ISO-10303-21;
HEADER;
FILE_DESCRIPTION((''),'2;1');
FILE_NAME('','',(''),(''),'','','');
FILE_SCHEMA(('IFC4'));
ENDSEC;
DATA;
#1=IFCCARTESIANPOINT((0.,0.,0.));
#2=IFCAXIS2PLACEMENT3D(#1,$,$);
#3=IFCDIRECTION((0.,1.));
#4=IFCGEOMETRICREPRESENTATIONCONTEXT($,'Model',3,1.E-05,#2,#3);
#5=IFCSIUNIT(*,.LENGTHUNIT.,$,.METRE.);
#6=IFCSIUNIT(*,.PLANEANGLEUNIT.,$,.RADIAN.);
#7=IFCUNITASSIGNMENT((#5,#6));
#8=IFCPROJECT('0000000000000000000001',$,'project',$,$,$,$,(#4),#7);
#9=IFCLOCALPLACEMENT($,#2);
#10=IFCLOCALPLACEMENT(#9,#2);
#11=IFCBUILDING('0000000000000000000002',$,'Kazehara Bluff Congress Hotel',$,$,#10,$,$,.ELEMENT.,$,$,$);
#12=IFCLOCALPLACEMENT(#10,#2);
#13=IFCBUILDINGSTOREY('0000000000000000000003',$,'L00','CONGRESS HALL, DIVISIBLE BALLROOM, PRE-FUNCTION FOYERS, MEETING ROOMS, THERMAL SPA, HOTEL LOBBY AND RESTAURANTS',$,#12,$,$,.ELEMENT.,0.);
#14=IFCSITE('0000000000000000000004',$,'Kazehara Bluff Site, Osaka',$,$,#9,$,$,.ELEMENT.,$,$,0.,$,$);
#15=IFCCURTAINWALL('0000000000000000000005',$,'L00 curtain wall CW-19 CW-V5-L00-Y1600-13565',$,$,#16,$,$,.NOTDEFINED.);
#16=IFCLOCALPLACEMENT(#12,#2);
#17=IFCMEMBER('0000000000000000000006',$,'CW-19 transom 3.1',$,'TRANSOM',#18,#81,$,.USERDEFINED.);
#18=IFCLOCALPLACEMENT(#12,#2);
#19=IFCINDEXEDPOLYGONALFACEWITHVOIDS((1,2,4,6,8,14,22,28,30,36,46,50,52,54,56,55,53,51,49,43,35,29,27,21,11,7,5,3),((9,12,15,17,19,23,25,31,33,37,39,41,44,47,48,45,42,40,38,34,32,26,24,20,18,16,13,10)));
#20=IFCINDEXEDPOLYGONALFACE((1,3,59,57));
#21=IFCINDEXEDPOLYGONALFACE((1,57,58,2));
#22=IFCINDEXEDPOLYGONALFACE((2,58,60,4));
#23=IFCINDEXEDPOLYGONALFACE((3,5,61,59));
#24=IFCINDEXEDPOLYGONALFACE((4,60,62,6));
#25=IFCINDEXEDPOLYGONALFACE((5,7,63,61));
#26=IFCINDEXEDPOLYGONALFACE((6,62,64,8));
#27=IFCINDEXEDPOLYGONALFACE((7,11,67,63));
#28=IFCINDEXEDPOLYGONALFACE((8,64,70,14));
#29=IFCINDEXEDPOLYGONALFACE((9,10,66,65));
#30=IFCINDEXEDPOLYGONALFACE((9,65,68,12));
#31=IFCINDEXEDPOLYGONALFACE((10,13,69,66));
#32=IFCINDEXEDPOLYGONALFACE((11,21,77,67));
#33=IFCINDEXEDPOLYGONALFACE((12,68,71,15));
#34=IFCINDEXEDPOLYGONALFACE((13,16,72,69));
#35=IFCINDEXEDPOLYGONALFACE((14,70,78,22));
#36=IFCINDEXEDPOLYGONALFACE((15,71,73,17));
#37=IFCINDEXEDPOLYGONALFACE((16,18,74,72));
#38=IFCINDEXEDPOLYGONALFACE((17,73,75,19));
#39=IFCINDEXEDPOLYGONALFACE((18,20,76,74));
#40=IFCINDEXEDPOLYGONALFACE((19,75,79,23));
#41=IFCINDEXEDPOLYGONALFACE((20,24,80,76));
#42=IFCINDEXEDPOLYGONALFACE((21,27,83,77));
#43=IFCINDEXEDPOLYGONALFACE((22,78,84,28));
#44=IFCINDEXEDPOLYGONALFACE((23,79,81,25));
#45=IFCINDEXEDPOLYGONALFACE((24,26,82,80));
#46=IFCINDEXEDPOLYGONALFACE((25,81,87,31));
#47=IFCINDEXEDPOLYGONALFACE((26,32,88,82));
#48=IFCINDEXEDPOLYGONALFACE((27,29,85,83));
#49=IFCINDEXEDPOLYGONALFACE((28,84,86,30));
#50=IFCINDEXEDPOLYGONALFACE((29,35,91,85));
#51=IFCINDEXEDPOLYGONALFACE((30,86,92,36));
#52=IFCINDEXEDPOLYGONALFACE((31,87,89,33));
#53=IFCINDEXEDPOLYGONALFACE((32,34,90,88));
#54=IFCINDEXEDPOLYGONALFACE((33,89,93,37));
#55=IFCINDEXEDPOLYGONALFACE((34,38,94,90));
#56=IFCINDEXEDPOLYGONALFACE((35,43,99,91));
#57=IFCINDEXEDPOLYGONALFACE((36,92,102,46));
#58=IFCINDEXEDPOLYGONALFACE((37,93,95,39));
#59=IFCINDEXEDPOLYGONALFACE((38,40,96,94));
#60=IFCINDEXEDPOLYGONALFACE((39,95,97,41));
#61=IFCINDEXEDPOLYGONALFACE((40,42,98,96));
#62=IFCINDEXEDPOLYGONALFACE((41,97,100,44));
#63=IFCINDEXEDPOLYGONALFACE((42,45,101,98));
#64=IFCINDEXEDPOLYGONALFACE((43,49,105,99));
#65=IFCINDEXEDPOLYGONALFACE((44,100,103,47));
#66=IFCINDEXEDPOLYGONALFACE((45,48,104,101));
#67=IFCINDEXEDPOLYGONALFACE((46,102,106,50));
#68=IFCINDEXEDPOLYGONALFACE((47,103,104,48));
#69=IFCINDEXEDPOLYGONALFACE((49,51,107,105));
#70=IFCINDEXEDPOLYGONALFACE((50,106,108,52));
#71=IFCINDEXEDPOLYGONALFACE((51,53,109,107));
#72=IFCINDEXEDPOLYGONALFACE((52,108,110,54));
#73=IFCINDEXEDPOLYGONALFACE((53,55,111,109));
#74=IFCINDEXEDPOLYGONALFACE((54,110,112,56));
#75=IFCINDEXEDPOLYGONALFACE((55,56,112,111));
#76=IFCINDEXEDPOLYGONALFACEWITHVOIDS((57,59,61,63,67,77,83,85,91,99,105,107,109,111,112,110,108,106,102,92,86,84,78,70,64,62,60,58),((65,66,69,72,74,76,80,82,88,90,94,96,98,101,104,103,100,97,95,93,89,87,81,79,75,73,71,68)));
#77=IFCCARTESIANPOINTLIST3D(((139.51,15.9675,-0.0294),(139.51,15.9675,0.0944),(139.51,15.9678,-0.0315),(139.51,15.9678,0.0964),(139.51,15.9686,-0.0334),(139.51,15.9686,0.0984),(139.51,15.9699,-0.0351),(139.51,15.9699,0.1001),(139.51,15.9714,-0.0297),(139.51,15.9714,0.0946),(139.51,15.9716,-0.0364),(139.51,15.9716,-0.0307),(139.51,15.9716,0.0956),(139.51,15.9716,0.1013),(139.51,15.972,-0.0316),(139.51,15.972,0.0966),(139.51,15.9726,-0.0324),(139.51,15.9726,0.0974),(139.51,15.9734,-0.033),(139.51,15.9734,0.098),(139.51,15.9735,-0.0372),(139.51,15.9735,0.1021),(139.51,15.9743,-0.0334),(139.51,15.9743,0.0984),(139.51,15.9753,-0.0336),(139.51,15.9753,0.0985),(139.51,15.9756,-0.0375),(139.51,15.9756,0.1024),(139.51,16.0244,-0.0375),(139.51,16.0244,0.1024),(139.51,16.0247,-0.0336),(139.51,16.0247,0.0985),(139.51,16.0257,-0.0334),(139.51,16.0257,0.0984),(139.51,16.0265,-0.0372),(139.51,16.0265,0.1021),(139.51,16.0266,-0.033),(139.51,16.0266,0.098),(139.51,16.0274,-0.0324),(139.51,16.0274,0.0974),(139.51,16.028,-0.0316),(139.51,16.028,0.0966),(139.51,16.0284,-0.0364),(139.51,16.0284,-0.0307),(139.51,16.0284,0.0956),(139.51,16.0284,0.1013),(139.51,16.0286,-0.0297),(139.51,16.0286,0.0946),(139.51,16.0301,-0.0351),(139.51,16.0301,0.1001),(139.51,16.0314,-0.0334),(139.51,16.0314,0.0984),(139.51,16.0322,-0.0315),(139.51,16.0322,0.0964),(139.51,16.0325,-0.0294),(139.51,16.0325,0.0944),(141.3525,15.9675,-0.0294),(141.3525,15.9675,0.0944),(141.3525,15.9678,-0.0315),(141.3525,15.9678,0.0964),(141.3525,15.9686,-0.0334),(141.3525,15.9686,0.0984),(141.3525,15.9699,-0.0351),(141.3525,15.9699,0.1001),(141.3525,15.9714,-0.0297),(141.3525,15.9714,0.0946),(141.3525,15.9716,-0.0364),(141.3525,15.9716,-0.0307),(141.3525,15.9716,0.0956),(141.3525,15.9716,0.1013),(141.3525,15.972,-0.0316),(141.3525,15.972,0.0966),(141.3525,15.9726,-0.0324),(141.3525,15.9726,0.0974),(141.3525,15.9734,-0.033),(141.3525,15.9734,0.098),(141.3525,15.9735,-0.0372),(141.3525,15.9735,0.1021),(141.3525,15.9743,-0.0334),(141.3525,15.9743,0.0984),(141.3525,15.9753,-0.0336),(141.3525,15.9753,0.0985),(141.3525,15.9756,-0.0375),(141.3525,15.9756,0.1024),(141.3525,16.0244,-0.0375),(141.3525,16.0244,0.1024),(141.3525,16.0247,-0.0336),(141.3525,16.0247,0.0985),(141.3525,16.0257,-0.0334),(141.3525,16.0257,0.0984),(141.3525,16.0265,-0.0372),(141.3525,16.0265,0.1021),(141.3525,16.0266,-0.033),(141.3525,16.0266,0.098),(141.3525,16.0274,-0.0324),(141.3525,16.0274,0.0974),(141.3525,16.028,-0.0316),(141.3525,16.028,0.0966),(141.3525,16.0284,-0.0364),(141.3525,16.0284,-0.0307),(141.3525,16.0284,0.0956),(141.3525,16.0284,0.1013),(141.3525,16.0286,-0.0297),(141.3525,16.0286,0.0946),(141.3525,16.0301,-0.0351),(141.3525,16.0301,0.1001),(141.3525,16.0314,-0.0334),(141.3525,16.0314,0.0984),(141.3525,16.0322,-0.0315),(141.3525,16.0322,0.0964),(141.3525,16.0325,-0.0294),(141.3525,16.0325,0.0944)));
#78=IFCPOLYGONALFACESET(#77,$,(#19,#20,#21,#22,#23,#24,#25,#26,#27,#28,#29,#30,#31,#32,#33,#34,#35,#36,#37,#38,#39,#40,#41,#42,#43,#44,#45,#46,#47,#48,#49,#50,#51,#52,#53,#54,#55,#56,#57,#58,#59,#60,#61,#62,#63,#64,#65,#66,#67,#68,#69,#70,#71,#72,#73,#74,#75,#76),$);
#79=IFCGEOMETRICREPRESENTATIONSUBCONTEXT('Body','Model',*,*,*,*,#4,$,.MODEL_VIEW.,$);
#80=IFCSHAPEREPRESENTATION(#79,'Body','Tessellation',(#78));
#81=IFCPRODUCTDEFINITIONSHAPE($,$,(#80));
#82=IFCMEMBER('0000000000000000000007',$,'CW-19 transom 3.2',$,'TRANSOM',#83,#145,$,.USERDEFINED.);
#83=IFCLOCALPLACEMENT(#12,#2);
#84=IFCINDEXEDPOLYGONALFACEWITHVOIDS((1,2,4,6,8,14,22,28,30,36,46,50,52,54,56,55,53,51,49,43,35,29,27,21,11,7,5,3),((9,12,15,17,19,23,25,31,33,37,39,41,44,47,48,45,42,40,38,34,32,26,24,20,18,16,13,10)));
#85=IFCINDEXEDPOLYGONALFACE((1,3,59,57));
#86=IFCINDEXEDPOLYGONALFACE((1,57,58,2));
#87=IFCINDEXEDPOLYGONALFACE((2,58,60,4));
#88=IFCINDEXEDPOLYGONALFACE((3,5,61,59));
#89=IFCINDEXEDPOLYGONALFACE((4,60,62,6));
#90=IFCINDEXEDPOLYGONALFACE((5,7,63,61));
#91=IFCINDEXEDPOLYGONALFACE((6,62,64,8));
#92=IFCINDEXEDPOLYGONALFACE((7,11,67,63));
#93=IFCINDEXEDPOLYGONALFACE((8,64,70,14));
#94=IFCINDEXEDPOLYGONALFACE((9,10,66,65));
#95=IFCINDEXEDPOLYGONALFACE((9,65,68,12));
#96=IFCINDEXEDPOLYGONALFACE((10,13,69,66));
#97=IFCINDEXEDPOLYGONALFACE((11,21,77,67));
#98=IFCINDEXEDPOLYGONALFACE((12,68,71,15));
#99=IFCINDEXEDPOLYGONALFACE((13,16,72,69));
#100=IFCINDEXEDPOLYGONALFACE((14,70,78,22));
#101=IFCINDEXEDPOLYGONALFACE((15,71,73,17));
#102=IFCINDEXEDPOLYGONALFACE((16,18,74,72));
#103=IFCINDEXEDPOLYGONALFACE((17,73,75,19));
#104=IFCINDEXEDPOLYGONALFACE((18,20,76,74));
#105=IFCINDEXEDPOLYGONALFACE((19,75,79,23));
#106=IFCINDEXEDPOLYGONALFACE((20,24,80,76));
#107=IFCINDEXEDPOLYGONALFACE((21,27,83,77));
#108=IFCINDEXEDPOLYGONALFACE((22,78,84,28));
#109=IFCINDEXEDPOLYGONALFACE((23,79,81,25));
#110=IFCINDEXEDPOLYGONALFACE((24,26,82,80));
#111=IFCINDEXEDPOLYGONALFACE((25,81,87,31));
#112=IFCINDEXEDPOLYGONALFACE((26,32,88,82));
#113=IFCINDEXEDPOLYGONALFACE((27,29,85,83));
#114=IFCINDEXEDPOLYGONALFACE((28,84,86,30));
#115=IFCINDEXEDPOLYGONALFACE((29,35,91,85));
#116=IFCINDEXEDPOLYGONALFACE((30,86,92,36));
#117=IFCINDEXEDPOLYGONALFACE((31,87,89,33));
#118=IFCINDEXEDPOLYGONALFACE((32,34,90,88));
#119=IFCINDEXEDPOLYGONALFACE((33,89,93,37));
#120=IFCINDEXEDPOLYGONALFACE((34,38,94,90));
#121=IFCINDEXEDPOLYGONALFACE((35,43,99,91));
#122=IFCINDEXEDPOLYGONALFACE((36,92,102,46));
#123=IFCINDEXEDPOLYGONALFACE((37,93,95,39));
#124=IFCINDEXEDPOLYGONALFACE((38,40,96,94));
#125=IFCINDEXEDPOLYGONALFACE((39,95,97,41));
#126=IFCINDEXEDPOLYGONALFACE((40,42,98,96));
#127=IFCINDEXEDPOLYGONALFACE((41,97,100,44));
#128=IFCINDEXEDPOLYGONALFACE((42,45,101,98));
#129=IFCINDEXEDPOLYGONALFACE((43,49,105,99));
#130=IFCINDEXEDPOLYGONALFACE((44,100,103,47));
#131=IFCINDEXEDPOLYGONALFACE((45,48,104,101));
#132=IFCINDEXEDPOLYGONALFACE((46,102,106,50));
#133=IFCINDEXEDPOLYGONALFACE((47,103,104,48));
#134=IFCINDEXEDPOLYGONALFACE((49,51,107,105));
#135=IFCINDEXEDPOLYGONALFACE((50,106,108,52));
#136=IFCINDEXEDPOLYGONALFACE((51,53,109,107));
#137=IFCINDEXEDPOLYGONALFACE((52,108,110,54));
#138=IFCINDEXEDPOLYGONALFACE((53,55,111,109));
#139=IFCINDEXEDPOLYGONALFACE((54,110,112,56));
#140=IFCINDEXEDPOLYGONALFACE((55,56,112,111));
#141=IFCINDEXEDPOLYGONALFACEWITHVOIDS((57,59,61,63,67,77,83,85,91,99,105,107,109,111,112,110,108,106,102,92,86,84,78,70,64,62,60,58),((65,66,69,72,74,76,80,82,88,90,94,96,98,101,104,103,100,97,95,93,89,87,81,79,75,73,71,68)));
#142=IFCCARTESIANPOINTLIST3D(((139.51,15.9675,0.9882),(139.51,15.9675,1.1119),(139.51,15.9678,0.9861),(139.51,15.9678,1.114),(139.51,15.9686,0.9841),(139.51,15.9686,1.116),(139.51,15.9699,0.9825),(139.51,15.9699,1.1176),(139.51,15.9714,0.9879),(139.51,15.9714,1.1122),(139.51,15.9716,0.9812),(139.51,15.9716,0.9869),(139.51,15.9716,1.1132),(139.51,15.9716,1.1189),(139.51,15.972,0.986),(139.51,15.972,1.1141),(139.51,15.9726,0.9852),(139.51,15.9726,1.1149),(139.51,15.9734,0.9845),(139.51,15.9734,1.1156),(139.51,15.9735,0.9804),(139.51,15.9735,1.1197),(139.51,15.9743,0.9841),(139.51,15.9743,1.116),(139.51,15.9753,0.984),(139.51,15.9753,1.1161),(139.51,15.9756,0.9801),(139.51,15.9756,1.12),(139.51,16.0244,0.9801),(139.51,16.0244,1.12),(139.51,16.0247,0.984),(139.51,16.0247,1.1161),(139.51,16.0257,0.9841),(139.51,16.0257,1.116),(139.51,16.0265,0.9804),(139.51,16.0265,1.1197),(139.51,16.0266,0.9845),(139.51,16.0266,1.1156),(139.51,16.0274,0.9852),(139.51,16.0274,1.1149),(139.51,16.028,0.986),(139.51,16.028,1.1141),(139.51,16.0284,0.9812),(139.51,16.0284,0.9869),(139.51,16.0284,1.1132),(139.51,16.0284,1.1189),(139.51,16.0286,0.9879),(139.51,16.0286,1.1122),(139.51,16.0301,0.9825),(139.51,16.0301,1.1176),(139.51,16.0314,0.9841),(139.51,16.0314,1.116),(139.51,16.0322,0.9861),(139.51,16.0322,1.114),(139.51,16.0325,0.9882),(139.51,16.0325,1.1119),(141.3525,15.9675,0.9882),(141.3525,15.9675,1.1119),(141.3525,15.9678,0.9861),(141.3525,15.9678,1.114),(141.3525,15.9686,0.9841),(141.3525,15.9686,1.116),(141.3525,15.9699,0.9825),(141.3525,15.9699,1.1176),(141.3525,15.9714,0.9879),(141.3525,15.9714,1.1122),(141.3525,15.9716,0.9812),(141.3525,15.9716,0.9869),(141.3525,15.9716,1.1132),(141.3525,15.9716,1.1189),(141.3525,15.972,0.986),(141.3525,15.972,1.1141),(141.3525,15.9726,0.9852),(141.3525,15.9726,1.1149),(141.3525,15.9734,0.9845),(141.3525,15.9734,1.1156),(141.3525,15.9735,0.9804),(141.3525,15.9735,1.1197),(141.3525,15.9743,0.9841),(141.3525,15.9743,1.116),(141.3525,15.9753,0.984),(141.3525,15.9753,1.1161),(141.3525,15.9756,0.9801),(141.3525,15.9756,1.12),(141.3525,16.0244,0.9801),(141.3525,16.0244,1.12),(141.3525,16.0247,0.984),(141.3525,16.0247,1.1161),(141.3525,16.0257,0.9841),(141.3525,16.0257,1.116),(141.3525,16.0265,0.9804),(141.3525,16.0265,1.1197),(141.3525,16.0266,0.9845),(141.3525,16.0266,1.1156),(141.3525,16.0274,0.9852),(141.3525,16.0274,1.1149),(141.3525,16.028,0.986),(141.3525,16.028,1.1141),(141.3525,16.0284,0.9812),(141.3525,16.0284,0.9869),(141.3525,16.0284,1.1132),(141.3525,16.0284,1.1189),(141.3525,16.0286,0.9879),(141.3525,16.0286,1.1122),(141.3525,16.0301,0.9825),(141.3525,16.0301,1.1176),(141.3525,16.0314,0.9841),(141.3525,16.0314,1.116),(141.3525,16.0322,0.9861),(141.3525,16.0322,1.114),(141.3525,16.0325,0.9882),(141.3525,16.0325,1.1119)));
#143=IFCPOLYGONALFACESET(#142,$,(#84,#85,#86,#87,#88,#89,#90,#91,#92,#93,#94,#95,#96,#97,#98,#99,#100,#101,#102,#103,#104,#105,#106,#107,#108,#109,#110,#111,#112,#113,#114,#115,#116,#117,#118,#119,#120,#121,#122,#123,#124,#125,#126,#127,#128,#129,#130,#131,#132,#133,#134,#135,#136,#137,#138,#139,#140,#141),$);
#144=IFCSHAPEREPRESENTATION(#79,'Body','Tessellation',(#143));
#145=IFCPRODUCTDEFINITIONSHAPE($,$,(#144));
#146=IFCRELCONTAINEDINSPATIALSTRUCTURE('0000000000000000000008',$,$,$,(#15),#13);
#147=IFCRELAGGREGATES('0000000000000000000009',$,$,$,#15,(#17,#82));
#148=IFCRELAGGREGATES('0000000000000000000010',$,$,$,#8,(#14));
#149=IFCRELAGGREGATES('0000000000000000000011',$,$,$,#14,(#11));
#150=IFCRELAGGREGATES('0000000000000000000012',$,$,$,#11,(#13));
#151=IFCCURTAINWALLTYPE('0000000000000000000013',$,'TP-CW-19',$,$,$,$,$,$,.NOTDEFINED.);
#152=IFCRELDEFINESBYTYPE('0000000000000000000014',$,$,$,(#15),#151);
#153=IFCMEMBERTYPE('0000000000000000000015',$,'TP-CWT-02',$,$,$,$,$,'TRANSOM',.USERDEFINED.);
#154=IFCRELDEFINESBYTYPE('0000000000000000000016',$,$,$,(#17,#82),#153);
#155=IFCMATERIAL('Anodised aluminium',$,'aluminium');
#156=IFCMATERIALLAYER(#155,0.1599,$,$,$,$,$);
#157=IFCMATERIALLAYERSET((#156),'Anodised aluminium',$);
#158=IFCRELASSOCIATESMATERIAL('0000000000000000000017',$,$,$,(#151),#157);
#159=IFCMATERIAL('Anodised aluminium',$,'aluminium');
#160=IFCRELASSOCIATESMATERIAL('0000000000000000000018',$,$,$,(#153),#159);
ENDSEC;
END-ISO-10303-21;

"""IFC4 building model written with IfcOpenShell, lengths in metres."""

from ifc_helpers import new_model, si_unit, direction, frame, origin, origin_2d, place, context, subcontext, project, spatial, hollow_rectangle, extrude, material, layer, layer_set, material_profile, profile_set, type_object, element, aggregate, save


model = new_model("IFC4")

# Units and contexts
model_context = context("Model", 3, precision=1e-05, world=origin(), true_north=direction((0.0, 1.0)))
body_context = subcontext(model_context, "Body", "Model", "MODEL_VIEW")
ifc_project = project(units=[si_unit("LENGTHUNIT", "METRE"), si_unit("PLANEANGLEUNIT", "RADIAN")], contexts=[model_context])

# Site, building, storey
site_placement = place(None, origin())
site = spatial("IfcSite", under=ifc_project, at=site_placement, Name="Kazehara Bluff Site, Osaka", CompositionType="ELEMENT", RefElevation=0.0)
building_placement = place(site_placement, origin())
building = spatial("IfcBuilding", under=site, at=building_placement, Name="Kazehara Bluff Congress Hotel", CompositionType="ELEMENT")
storey_placement = place(building_placement, origin())
storey = spatial("IfcBuildingStorey", under=building, at=storey_placement, Name="L00", Description="CONGRESS HALL, DIVISIBLE BALLROOM, PRE-FUNCTION FOYERS, MEETING ROOMS, THERMAL SPA, HOTEL LOBBY AND RESTAURANTS", CompositionType="ELEMENT", Elevation=0.0)

# Curtain wall
ifc_material_1 = material(Name="Anodised aluminium", Category="aluminium")
ifc_layer_1 = layer(ifc_material_1, 0.1599)
ifc_layer_set_1 = layer_set([ifc_layer_1], Name="Anodised aluminium")
curtain_wall_type_1 = type_object("IfcCurtainWallType", Name="TP-CW-19", PredefinedType="NOTDEFINED", material=ifc_layer_set_1)
curtain_wall_1_placement = place(storey_placement, origin())
curtain_wall_1 = element("IfcCurtainWall", 1, at=curtain_wall_1_placement, inside=storey, type_object=curtain_wall_type_1, Name="L00 curtain wall CW-19 CW-V5-L00-Y1600-13565", PredefinedType="NOTDEFINED")

# Members
ifc_material_2 = material(Name="Anodised aluminium", Category="aluminium")
ifc_material_profile_1 = material_profile(ifc_material_2, hollow_rectangle(XDim=0.0649, YDim=0.1399, WallThickness=0.0039, InnerFilletRadius=0.0039, OuterFilletRadius=0.0081, at=origin_2d()))
ifc_profile_set_1 = profile_set([ifc_material_profile_1], Name="Anodised aluminium")
member_type_1 = type_object("IfcMemberType", Name="TP-CWT-02", ElementType="TRANSOM", PredefinedType="USERDEFINED", material=ifc_profile_set_1)
member_1_placement = place(storey_placement, frame((139.51, 16.0, 0.0325), z_axis=(1.0, 0.0, 0.0), x_axis=(0.0, 1.0, 0.0)))
member_1 = element("IfcMember", 2, at=member_1_placement, type_object=member_type_1, Name="CW-19 transom 3.1", ObjectType="TRANSOM", PredefinedType="USERDEFINED", context=body_context, shape_type="SweptSolid", body=[
    extrude(hollow_rectangle(XDim=0.0649, YDim=0.1399, WallThickness=0.0039, InnerFilletRadius=0.0039, OuterFilletRadius=0.0081, at=origin_2d()), origin(), (0.0, 0.0, 1.0), 1.8425),
])
member_2_placement = place(storey_placement, frame((139.51, 16.0, 1.05), z_axis=(1.0, 0.0, 0.0), x_axis=(0.0, 1.0, 0.0)))
member_2 = element("IfcMember", 3, at=member_2_placement, type_object=member_type_1, Name="CW-19 transom 3.2", ObjectType="TRANSOM", PredefinedType="USERDEFINED", context=body_context, shape_type="SweptSolid", body=[
    extrude(hollow_rectangle(XDim=0.0649, YDim=0.1399, WallThickness=0.0039, InnerFilletRadius=0.0039, OuterFilletRadius=0.0081, at=origin_2d()), origin(), (0.0, 0.0, 1.0), 1.8425),
])

aggregate(curtain_wall_1, [member_1, member_2])

save(model, "model.ifc")
